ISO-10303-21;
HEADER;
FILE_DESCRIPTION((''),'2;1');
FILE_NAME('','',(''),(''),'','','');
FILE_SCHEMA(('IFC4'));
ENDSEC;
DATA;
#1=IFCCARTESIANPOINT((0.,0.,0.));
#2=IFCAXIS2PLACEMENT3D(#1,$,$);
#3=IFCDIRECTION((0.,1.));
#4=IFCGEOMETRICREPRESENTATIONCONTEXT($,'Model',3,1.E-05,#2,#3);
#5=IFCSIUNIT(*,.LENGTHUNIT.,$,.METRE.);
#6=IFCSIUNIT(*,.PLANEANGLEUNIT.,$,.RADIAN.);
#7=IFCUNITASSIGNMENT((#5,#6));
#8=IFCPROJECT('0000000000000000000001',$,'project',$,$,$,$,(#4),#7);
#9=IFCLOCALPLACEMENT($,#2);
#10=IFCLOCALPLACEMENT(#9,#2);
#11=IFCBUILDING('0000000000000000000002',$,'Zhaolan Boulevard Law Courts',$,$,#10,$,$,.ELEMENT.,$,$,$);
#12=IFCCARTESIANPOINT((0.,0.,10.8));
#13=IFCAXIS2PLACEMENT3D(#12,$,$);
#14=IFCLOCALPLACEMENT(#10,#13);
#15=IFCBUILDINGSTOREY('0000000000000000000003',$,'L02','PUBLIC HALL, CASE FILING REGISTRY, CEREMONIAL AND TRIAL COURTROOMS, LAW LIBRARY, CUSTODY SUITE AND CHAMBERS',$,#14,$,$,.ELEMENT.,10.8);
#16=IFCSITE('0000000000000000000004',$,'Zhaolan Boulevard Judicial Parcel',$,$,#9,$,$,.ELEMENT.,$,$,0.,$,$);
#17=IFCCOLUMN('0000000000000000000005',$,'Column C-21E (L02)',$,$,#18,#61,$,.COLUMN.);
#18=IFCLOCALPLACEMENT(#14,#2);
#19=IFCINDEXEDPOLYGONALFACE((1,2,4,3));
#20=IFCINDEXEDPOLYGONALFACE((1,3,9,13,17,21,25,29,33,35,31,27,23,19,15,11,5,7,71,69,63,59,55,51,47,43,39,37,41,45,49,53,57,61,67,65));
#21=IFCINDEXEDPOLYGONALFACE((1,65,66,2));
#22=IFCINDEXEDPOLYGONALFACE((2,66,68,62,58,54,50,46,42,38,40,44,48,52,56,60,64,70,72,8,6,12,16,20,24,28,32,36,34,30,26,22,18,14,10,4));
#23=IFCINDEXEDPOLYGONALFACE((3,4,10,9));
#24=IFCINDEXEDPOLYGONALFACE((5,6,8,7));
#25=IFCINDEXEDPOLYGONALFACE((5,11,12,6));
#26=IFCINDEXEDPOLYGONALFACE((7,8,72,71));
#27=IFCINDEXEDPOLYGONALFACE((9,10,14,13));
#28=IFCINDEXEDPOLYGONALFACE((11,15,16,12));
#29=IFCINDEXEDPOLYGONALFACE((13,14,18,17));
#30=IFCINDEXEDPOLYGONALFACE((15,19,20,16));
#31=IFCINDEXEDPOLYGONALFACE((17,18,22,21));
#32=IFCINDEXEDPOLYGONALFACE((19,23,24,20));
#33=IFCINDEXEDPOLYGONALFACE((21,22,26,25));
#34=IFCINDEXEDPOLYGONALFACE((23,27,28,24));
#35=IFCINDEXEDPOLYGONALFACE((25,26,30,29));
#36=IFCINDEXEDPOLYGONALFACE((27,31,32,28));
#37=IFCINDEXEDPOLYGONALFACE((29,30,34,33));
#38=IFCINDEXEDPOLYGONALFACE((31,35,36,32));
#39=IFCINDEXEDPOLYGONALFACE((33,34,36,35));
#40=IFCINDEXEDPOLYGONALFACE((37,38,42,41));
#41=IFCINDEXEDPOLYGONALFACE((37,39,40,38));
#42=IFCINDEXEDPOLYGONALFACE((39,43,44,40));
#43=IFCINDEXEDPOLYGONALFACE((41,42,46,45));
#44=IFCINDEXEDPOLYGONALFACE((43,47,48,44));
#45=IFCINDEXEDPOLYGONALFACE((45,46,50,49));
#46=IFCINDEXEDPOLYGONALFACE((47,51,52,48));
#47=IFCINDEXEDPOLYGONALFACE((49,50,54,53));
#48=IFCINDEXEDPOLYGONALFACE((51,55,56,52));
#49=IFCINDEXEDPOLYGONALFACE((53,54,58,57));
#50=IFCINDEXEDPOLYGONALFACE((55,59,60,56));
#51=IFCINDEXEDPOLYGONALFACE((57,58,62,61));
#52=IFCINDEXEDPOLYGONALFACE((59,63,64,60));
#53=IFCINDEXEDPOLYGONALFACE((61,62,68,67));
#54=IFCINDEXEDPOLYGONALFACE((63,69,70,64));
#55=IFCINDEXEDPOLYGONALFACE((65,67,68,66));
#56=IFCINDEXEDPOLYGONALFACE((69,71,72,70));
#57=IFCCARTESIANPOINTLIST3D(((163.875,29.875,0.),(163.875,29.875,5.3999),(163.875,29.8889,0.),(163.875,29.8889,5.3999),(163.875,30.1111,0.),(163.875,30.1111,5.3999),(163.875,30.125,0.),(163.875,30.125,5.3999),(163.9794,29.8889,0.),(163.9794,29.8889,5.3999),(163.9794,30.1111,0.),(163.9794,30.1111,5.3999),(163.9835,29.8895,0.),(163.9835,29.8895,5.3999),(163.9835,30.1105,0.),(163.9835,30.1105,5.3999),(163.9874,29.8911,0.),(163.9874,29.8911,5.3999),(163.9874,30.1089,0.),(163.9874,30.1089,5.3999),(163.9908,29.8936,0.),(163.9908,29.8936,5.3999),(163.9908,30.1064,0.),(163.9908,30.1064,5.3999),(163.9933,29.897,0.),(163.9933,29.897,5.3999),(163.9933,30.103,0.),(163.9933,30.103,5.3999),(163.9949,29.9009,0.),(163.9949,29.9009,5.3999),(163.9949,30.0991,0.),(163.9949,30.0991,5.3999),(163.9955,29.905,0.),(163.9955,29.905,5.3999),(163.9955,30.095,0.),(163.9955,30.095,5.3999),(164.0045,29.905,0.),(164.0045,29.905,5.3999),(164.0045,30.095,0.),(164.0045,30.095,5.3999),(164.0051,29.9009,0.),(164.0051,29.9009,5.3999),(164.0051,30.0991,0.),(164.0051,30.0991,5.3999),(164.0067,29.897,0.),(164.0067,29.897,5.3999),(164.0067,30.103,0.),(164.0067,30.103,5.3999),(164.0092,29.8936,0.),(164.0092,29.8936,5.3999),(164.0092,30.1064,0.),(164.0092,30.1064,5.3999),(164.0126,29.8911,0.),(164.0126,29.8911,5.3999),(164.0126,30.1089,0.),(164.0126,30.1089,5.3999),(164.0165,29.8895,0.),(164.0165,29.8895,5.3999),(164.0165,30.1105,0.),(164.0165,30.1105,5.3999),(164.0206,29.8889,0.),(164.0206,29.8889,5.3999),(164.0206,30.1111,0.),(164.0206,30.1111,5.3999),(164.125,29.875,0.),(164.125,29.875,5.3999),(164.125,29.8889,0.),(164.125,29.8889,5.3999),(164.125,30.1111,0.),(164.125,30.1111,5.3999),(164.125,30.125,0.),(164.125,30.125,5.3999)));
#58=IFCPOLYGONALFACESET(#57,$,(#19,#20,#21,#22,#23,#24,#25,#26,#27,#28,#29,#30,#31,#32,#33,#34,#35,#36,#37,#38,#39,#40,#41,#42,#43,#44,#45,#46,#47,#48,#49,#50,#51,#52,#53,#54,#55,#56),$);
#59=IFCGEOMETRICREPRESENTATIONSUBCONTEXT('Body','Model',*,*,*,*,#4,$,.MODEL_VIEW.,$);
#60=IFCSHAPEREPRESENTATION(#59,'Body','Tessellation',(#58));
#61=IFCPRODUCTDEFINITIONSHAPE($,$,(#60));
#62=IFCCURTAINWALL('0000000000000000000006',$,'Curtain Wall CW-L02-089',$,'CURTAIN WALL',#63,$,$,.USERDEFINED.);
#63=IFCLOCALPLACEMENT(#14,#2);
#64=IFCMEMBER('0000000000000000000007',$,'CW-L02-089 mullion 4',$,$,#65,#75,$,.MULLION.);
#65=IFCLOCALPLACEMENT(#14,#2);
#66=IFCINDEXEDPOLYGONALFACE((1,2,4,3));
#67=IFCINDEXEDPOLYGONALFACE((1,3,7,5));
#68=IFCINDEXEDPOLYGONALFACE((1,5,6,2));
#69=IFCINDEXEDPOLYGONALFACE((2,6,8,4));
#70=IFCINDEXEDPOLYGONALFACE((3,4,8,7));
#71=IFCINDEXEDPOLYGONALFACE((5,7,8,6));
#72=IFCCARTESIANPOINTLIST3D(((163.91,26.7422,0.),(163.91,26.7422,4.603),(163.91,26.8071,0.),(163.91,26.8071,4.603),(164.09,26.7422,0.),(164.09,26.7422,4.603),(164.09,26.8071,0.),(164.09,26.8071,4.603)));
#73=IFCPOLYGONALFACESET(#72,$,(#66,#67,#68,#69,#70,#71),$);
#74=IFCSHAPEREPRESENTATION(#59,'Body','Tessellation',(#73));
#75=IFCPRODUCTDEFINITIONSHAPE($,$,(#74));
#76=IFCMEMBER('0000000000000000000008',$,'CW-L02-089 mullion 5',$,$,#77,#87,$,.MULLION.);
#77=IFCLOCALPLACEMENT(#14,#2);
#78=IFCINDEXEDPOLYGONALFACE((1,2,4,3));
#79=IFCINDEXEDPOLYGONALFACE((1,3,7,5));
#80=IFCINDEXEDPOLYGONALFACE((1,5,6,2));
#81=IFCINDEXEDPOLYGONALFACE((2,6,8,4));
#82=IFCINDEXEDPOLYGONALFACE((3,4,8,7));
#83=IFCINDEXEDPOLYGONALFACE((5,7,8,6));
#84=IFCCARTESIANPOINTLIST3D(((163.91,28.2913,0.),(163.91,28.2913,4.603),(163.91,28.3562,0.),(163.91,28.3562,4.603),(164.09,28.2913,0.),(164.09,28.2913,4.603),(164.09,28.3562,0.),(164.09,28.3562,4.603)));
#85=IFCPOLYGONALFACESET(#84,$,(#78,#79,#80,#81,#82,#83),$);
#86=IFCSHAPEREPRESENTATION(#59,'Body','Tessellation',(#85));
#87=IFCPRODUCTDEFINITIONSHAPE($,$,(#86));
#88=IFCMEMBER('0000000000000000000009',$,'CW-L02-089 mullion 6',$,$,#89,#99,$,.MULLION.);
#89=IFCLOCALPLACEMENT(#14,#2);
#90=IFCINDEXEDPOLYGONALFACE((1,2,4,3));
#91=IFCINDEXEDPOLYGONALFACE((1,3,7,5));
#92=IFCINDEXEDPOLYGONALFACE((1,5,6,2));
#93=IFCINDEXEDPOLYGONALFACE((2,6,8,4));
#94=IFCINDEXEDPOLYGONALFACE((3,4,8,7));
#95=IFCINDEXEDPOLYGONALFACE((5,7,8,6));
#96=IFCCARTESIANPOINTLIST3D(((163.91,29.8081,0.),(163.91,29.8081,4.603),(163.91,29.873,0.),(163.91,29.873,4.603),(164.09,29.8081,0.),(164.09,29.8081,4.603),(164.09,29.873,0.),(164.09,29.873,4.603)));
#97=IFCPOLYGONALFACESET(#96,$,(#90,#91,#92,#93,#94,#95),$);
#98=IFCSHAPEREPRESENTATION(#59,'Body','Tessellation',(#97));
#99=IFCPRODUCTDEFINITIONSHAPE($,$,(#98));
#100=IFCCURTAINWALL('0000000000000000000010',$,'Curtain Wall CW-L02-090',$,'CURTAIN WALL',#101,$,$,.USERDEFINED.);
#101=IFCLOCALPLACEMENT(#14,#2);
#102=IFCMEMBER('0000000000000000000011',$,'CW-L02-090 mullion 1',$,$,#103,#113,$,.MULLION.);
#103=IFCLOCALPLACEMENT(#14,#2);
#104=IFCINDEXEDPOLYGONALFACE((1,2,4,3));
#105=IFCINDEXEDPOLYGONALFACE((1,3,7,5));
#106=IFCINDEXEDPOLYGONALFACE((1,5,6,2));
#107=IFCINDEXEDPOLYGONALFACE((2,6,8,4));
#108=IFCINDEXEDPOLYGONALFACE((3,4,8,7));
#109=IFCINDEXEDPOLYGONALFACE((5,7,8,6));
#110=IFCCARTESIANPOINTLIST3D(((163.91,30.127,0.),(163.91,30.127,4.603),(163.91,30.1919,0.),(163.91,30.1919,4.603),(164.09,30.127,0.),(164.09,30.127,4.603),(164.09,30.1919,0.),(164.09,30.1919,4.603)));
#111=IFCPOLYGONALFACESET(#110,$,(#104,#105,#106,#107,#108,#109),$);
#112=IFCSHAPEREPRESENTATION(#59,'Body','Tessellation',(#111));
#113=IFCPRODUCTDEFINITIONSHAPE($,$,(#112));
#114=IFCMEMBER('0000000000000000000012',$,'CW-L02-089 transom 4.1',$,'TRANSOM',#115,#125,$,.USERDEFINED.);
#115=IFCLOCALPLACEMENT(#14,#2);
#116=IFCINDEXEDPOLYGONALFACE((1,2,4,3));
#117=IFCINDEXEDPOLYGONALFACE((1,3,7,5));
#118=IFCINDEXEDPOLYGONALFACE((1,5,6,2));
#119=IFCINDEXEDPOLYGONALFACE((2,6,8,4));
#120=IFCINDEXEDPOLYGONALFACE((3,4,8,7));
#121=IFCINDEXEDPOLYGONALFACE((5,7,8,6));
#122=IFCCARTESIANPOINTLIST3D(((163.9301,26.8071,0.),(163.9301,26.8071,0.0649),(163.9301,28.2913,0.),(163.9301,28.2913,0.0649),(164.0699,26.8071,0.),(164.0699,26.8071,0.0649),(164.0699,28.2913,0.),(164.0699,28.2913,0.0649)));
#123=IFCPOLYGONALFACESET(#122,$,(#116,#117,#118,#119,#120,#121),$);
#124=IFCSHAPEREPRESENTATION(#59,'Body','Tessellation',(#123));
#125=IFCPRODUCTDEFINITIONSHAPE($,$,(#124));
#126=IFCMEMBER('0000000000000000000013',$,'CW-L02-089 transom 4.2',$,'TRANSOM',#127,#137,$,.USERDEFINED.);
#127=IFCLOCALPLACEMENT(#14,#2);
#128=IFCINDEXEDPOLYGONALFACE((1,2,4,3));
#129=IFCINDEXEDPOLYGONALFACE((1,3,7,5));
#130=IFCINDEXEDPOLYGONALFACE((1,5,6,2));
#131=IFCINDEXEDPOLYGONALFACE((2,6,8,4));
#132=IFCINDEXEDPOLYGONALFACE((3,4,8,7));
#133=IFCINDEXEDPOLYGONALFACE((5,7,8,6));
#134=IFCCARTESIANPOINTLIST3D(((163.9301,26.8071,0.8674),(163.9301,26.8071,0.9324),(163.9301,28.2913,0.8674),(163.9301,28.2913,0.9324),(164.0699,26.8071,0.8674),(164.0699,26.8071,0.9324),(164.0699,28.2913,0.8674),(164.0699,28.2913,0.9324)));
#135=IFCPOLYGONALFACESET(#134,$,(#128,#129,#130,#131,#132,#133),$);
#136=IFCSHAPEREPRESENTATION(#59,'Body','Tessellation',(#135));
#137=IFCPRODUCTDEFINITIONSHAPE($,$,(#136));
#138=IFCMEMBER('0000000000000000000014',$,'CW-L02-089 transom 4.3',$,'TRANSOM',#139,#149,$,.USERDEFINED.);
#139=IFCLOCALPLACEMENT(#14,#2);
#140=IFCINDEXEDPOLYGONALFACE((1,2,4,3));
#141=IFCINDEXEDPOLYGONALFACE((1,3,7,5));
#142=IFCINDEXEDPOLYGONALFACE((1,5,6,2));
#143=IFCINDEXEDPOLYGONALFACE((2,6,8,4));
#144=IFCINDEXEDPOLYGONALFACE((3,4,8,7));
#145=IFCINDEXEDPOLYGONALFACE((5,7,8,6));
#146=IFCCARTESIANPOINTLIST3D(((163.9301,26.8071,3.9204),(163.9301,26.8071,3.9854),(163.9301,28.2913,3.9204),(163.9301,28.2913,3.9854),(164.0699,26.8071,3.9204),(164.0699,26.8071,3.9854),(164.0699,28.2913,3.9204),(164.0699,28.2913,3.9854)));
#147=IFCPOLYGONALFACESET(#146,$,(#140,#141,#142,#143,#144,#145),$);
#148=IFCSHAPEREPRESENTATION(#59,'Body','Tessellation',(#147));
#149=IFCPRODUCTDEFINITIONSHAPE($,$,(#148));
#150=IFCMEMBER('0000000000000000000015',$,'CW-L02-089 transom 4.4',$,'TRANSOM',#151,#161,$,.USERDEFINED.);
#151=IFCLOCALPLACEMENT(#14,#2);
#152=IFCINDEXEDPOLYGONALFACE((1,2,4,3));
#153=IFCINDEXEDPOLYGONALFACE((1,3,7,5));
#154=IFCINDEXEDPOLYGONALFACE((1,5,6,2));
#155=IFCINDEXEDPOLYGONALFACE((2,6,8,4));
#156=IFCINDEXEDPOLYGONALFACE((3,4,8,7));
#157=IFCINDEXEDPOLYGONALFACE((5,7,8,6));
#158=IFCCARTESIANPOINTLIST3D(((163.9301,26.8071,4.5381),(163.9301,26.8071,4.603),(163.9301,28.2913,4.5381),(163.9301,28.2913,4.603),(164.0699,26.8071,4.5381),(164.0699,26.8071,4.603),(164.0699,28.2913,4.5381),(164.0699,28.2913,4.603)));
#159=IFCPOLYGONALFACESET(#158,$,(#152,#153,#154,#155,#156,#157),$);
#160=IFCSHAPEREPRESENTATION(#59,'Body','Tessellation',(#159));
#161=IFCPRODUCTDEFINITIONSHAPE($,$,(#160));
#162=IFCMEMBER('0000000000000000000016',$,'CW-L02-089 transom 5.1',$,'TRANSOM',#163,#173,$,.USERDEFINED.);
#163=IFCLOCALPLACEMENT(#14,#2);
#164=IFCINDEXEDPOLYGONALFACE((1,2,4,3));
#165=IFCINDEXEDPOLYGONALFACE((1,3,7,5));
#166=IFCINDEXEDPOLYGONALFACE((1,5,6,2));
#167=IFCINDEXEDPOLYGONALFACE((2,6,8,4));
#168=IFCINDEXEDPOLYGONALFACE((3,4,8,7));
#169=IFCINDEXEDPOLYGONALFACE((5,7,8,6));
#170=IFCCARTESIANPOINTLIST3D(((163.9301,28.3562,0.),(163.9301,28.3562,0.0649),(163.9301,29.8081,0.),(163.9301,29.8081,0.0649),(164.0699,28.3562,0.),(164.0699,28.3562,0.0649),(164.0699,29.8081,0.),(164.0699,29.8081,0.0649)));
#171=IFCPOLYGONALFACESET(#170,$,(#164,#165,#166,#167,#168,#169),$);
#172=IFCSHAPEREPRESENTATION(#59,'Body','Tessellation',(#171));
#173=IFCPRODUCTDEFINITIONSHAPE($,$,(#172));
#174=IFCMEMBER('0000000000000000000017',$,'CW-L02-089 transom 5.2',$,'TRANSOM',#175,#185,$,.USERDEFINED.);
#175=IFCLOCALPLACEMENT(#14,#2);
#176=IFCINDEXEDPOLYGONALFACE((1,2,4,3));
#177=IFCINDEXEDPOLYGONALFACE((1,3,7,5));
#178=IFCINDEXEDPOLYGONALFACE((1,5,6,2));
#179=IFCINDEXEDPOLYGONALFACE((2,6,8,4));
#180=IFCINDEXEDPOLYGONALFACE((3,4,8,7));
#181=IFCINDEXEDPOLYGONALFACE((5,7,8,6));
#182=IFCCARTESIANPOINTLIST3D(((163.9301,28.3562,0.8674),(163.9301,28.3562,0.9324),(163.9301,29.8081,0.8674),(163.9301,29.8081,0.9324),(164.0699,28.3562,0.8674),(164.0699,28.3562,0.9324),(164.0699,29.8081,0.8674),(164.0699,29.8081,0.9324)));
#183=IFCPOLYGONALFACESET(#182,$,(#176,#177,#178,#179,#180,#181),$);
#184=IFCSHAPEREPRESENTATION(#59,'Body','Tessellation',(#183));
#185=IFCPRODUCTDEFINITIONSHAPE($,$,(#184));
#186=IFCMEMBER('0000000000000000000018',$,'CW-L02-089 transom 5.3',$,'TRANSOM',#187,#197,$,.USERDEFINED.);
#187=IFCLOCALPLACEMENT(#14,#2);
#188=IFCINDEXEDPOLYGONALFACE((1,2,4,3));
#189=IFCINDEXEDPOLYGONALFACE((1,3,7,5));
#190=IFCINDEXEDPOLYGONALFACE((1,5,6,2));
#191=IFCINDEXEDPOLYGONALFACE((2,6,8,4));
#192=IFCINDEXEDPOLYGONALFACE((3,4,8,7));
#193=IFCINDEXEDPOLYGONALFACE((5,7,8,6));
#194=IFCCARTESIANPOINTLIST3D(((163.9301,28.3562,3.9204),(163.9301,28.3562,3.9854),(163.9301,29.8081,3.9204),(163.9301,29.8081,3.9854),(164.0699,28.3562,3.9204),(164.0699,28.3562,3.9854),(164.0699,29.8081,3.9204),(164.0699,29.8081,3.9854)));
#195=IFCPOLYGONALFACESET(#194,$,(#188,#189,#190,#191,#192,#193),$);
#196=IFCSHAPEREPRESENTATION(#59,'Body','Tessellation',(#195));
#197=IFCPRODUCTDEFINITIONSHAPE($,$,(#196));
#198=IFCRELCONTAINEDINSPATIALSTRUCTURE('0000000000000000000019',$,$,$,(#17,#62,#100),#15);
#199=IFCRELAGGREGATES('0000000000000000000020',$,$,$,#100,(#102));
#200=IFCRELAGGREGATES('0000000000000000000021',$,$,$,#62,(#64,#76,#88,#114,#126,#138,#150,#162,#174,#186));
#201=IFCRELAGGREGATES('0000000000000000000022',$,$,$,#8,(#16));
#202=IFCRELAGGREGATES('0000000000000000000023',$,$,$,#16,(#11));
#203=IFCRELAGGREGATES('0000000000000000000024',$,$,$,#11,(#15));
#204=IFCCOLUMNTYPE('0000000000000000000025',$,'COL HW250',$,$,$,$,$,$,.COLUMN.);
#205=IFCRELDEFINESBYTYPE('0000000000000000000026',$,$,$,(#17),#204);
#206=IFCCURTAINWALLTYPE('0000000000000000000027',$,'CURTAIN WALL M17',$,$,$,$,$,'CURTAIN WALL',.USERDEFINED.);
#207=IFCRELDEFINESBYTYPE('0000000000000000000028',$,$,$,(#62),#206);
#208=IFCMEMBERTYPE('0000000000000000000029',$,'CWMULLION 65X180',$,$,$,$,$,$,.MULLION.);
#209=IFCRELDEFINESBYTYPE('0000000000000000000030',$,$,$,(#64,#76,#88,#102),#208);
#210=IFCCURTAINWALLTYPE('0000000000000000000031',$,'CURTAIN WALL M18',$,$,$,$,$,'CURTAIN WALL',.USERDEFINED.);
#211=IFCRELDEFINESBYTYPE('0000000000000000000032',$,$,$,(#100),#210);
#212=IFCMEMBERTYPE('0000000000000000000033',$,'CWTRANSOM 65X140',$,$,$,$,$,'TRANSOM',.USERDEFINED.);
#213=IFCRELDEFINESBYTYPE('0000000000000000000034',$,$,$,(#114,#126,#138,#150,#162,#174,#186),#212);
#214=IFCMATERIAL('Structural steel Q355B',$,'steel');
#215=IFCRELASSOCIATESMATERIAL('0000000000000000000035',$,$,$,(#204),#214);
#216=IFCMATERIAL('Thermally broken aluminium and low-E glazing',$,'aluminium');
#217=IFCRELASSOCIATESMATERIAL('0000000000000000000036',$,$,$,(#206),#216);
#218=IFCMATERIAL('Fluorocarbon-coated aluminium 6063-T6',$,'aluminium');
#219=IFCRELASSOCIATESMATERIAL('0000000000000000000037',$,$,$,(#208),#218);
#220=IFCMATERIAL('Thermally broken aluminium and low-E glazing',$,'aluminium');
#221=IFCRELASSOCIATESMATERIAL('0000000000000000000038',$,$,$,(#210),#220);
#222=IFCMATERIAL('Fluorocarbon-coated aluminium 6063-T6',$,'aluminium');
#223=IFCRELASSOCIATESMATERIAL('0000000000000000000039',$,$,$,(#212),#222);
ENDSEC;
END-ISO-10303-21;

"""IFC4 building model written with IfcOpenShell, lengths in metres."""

from ifc_helpers import new_model, si_unit, direction, frame, origin, origin_2d, place, context, subcontext, project, spatial, rectangle, i_section, extrude, material, material_profile, profile_set, type_object, element, aggregate, save


model = new_model("IFC4")

# Units and contexts
model_context = context("Model", 3, precision=1e-05, world=origin(), true_north=direction((0.0, 1.0)))
body_context = subcontext(model_context, "Body", "Model", "MODEL_VIEW")
ifc_project = project(units=[si_unit("LENGTHUNIT", "METRE"), si_unit("PLANEANGLEUNIT", "RADIAN")], contexts=[model_context])

# Site, building, storey
site_placement = place(None, origin())
site = spatial("IfcSite", under=ifc_project, at=site_placement, Name="Zhaolan Boulevard Judicial Parcel", CompositionType="ELEMENT", RefElevation=0.0)
building_placement = place(site_placement, origin())
building = spatial("IfcBuilding", under=site, at=building_placement, Name="Zhaolan Boulevard Law Courts", CompositionType="ELEMENT")
storey_placement = place(building_placement, frame((0.0, 0.0, 10.8)))
storey = spatial("IfcBuildingStorey", under=building, at=storey_placement, Name="L02", Description="PUBLIC HALL, CASE FILING REGISTRY, CEREMONIAL AND TRIAL COURTROOMS, LAW LIBRARY, CUSTODY SUITE AND CHAMBERS", CompositionType="ELEMENT", Elevation=10.8)

# Column
ifc_material_1 = material(Name="Structural steel Q355B", Category="steel")
ifc_material_profile_1 = material_profile(ifc_material_1, i_section(OverallWidth=0.25, OverallDepth=0.25, WebThickness=0.009, FlangeThickness=0.0139, FilletRadius=0.0161, at=origin_2d()), Name="HW250x250")
ifc_profile_set_1 = profile_set([ifc_material_profile_1], Name="Structural steel Q355B")
column_type = type_object("IfcColumnType", Name="COL HW250", PredefinedType="COLUMN", material=ifc_profile_set_1)
column_placement = place(storey_placement, frame((164.0, 30.0, 0.0), z_axis=(0.0, 0.0, 1.0), x_axis=(1.0, 0.0, 0.0)))
element("IfcColumn", 1, at=column_placement, inside=storey, type_object=column_type, Name="Column C-21E (L02)", PredefinedType="COLUMN", context=body_context, shape_type="SweptSolid", body=[
    extrude(i_section(OverallWidth=0.25, OverallDepth=0.25, WebThickness=0.009, FlangeThickness=0.0139, FilletRadius=0.0161, at=origin_2d()), origin(), (0.0, 0.0, 1.0), 5.3999),
])

# Curtain wall, members
ifc_material_2 = material(Name="Thermally broken aluminium and low-E glazing", Category="aluminium")
curtain_wall_type_1 = type_object("IfcCurtainWallType", Name="CURTAIN WALL M17", ElementType="CURTAIN WALL", PredefinedType="USERDEFINED", material=ifc_material_2)
curtain_wall_1_placement = place(storey_placement, origin())
curtain_wall_1 = element("IfcCurtainWall", 2, at=curtain_wall_1_placement, inside=storey, type_object=curtain_wall_type_1, Name="Curtain Wall CW-L02-089", ObjectType="CURTAIN WALL", PredefinedType="USERDEFINED")
ifc_material_3 = material(Name="Fluorocarbon-coated aluminium 6063-T6", Category="aluminium")
ifc_material_profile_2 = material_profile(ifc_material_3, rectangle(XDim=0.1799, YDim=0.0649, at=origin_2d()), Name="AL65x180")
ifc_profile_set_2 = profile_set([ifc_material_profile_2], Name="Fluorocarbon-coated aluminium 6063-T6")
member_type_1 = type_object("IfcMemberType", Name="CWMULLION 65X180", PredefinedType="MULLION", material=ifc_profile_set_2)
member_1_placement = place(storey_placement, frame((164.0, 26.7747, 0.0), z_axis=(0.0, 0.0, 1.0), x_axis=(-1.0, 0.0, 0.0)))
member_1 = element("IfcMember", 3, at=member_1_placement, type_object=member_type_1, Name="CW-L02-089 mullion 4", PredefinedType="MULLION", context=body_context, shape_type="SweptSolid", body=[
    extrude(rectangle(XDim=0.1799, YDim=0.0649, at=origin_2d()), origin(), (0.0, 0.0, 1.0), 4.603),
])
member_2_placement = place(storey_placement, frame((164.0, 28.3237, 0.0), z_axis=(0.0, 0.0, 1.0), x_axis=(-1.0, 0.0, 0.0)))
member_2 = element("IfcMember", 4, at=member_2_placement, type_object=member_type_1, Name="CW-L02-089 mullion 5", PredefinedType="MULLION", context=body_context, shape_type="SweptSolid", body=[
    extrude(rectangle(XDim=0.1799, YDim=0.0649, at=origin_2d()), origin(), (0.0, 0.0, 1.0), 4.603),
])
member_3_placement = place(storey_placement, frame((164.0, 29.8406, 0.0), z_axis=(0.0, 0.0, 1.0), x_axis=(-1.0, 0.0, 0.0)))
member_3 = element("IfcMember", 5, at=member_3_placement, type_object=member_type_1, Name="CW-L02-089 mullion 6", PredefinedType="MULLION", context=body_context, shape_type="SweptSolid", body=[
    extrude(rectangle(XDim=0.1799, YDim=0.0649, at=origin_2d()), origin(), (0.0, 0.0, 1.0), 4.603),
])

# Curtain wall, member
ifc_material_4 = material(Name="Thermally broken aluminium and low-E glazing", Category="aluminium")
curtain_wall_type_2 = type_object("IfcCurtainWallType", Name="CURTAIN WALL M18", ElementType="CURTAIN WALL", PredefinedType="USERDEFINED", material=ifc_material_4)
curtain_wall_2_placement = place(storey_placement, origin())
curtain_wall_2 = element("IfcCurtainWall", 6, at=curtain_wall_2_placement, inside=storey, type_object=curtain_wall_type_2, Name="Curtain Wall CW-L02-090", ObjectType="CURTAIN WALL", PredefinedType="USERDEFINED")
member_4_placement = place(storey_placement, frame((164.0, 30.1594, 0.0), z_axis=(0.0, 0.0, 1.0), x_axis=(-1.0, 0.0, 0.0)))
member_4 = element("IfcMember", 7, at=member_4_placement, type_object=member_type_1, Name="CW-L02-090 mullion 1", PredefinedType="MULLION", context=body_context, shape_type="SweptSolid", body=[
    extrude(rectangle(XDim=0.1799, YDim=0.0649, at=origin_2d()), origin(), (0.0, 0.0, 1.0), 4.603),
])

# Members
ifc_material_5 = material(Name="Fluorocarbon-coated aluminium 6063-T6", Category="aluminium")
ifc_material_profile_3 = material_profile(ifc_material_5, rectangle(XDim=0.1399, YDim=0.0649, at=origin_2d()), Name="AL65x140")
ifc_profile_set_3 = profile_set([ifc_material_profile_3], Name="Fluorocarbon-coated aluminium 6063-T6")
member_type_2 = type_object("IfcMemberType", Name="CWTRANSOM 65X140", ElementType="TRANSOM", PredefinedType="USERDEFINED", material=ifc_profile_set_3)
member_5_placement = place(storey_placement, frame((164.0, 26.8071, 0.0325), z_axis=(0.0, 1.0, 0.0), x_axis=(-1.0, 0.0, 0.0)))
member_5 = element("IfcMember", 8, at=member_5_placement, type_object=member_type_2, Name="CW-L02-089 transom 4.1", ObjectType="TRANSOM", PredefinedType="USERDEFINED", context=body_context, shape_type="SweptSolid", body=[
    extrude(rectangle(XDim=0.1399, YDim=0.0649, at=origin_2d()), origin(), (0.0, 0.0, 1.0), 1.4841),
])
member_6_placement = place(storey_placement, frame((164.0, 26.8071, 0.8999), z_axis=(0.0, 1.0, 0.0), x_axis=(-1.0, 0.0, 0.0)))
member_6 = element("IfcMember", 9, at=member_6_placement, type_object=member_type_2, Name="CW-L02-089 transom 4.2", ObjectType="TRANSOM", PredefinedType="USERDEFINED", context=body_context, shape_type="SweptSolid", body=[
    extrude(rectangle(XDim=0.1399, YDim=0.0649, at=origin_2d()), origin(), (0.0, 0.0, 1.0), 1.4841),
])
member_7_placement = place(storey_placement, frame((164.0, 26.8071, 3.9529), z_axis=(0.0, 1.0, 0.0), x_axis=(-1.0, 0.0, 0.0)))
member_7 = element("IfcMember", 10, at=member_7_placement, type_object=member_type_2, Name="CW-L02-089 transom 4.3", ObjectType="TRANSOM", PredefinedType="USERDEFINED", context=body_context, shape_type="SweptSolid", body=[
    extrude(rectangle(XDim=0.1399, YDim=0.0649, at=origin_2d()), origin(), (0.0, 0.0, 1.0), 1.4841),
])
member_8_placement = place(storey_placement, frame((164.0, 26.8071, 4.5706), z_axis=(0.0, 1.0, 0.0), x_axis=(-1.0, 0.0, 0.0)))
member_8 = element("IfcMember", 11, at=member_8_placement, type_object=member_type_2, Name="CW-L02-089 transom 4.4", ObjectType="TRANSOM", PredefinedType="USERDEFINED", context=body_context, shape_type="SweptSolid", body=[
    extrude(rectangle(XDim=0.1399, YDim=0.0649, at=origin_2d()), origin(), (0.0, 0.0, 1.0), 1.4841),
])
member_9_placement = place(storey_placement, frame((164.0, 28.3562, 0.0325), z_axis=(0.0, 1.0, 0.0), x_axis=(-1.0, 0.0, 0.0)))
member_9 = element("IfcMember", 12, at=member_9_placement, type_object=member_type_2, Name="CW-L02-089 transom 5.1", ObjectType="TRANSOM", PredefinedType="USERDEFINED", context=body_context, shape_type="SweptSolid", body=[
    extrude(rectangle(XDim=0.1399, YDim=0.0649, at=origin_2d()), origin(), (0.0, 0.0, 1.0), 1.4519),
])
member_10_placement = place(storey_placement, frame((164.0, 28.3562, 0.8999), z_axis=(0.0, 1.0, 0.0), x_axis=(-1.0, 0.0, 0.0)))
member_10 = element("IfcMember", 13, at=member_10_placement, type_object=member_type_2, Name="CW-L02-089 transom 5.2", ObjectType="TRANSOM", PredefinedType="USERDEFINED", context=body_context, shape_type="SweptSolid", body=[
    extrude(rectangle(XDim=0.1399, YDim=0.0649, at=origin_2d()), origin(), (0.0, 0.0, 1.0), 1.4519),
])
member_11_placement = place(storey_placement, frame((164.0, 28.3562, 3.9529), z_axis=(0.0, 1.0, 0.0), x_axis=(-1.0, 0.0, 0.0)))
member_11 = element("IfcMember", 14, at=member_11_placement, type_object=member_type_2, Name="CW-L02-089 transom 5.3", ObjectType="TRANSOM", PredefinedType="USERDEFINED", context=body_context, shape_type="SweptSolid", body=[
    extrude(rectangle(XDim=0.1399, YDim=0.0649, at=origin_2d()), origin(), (0.0, 0.0, 1.0), 1.4519),
])
aggregate(curtain_wall_2, [member_4])

aggregate(curtain_wall_1, [member_1, member_2, member_3, member_5, member_6, member_7, member_8, member_9, member_10, member_11])

save(model, "model.ifc")
